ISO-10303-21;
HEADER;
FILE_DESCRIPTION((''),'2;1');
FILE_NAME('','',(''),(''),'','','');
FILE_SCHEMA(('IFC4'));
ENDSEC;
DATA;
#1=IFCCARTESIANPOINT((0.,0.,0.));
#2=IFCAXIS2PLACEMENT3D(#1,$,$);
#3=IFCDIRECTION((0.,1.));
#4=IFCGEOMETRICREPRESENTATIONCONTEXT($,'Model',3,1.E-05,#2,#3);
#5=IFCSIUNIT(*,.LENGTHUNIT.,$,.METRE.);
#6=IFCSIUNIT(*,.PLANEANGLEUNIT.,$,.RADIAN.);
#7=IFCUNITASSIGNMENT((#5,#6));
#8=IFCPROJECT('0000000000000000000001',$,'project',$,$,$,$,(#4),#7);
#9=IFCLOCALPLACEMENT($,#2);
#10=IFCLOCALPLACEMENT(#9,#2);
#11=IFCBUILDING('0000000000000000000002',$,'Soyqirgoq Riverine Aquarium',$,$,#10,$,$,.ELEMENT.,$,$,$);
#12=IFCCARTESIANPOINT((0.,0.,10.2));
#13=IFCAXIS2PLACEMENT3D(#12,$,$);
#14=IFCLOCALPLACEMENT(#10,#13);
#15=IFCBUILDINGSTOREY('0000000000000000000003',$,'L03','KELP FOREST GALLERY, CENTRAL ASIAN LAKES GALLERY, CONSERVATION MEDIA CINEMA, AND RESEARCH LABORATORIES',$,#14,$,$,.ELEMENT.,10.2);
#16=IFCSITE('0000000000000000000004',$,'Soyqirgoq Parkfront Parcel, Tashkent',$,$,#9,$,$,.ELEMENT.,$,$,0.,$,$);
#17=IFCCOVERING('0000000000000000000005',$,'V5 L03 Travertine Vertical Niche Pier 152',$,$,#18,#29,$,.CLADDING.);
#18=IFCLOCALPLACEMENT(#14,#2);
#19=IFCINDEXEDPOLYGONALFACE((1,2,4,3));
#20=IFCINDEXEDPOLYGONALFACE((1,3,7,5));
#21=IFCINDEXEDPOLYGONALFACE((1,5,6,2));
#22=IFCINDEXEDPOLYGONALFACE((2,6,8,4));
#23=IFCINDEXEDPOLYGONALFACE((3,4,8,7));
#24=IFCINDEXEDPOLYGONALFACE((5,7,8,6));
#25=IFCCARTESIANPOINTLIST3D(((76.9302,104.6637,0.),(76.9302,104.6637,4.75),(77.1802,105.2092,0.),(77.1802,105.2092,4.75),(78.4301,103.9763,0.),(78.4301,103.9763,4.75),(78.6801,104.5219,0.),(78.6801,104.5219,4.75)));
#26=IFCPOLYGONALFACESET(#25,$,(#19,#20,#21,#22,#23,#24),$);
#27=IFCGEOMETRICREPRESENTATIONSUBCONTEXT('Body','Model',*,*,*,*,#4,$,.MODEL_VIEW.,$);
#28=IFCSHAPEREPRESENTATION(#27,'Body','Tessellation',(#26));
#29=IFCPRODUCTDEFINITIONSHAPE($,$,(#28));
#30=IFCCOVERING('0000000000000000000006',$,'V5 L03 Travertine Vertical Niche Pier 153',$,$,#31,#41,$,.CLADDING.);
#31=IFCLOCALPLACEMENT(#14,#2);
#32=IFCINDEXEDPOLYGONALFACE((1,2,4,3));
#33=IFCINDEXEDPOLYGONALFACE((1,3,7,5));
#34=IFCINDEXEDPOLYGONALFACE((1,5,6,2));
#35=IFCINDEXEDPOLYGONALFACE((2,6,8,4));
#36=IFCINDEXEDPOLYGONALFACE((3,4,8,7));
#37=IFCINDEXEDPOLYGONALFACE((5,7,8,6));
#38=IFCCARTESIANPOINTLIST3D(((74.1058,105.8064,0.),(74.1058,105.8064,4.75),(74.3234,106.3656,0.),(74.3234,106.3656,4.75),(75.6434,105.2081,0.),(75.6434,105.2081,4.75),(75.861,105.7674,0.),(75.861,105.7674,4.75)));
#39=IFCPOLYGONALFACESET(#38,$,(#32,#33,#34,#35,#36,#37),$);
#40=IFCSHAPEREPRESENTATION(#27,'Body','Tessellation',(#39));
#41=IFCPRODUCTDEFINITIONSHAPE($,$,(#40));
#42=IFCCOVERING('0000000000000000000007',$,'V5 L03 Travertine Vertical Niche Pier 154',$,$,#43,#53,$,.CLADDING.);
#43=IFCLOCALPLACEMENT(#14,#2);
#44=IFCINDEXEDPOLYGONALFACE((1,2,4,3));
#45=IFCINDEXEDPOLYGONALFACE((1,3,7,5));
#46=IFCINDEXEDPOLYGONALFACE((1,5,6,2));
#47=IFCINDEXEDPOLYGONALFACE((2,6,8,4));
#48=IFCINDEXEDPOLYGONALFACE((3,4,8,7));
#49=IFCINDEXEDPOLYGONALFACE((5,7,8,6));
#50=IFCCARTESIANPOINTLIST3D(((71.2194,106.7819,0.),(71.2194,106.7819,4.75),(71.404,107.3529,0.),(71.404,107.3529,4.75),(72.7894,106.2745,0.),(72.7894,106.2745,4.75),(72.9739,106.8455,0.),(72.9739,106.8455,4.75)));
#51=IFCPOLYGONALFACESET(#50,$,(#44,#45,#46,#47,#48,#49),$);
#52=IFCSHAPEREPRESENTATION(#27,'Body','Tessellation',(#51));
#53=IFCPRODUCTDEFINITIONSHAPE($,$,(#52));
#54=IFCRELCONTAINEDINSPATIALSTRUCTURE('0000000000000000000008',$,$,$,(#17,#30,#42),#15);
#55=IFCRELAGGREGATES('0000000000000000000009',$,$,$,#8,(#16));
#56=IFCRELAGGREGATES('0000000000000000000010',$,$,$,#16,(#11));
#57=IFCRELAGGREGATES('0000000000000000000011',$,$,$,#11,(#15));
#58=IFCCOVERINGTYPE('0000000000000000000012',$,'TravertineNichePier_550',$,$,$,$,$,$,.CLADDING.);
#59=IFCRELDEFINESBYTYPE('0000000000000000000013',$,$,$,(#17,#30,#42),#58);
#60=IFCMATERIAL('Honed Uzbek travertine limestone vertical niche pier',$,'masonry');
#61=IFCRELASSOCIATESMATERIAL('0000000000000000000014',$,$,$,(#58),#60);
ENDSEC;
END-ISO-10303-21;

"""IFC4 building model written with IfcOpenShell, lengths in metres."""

from ifc_helpers import new_model, si_unit, direction, frame, origin, origin_2d, place, context, subcontext, project, spatial, rectangle, extrude, material, type_object, element, save


model = new_model("IFC4")

# Units and contexts
model_context = context("Model", 3, precision=1e-05, world=origin(), true_north=direction((0.0, 1.0)))
body_context = subcontext(model_context, "Body", "Model", "MODEL_VIEW")
ifc_project = project(units=[si_unit("LENGTHUNIT", "METRE"), si_unit("PLANEANGLEUNIT", "RADIAN")], contexts=[model_context])

# Site, building, storey
site_placement = place(None, origin())
site = spatial("IfcSite", under=ifc_project, at=site_placement, Name="Soyqirgoq Parkfront Parcel, Tashkent", CompositionType="ELEMENT", RefElevation=0.0)
building_placement = place(site_placement, origin())
building = spatial("IfcBuilding", under=site, at=building_placement, Name="Soyqirgoq Riverine Aquarium", CompositionType="ELEMENT")
storey_placement = place(building_placement, frame((0.0, 0.0, 10.2)))
storey = spatial("IfcBuildingStorey", under=building, at=storey_placement, Name="L03", Description="KELP FOREST GALLERY, CENTRAL ASIAN LAKES GALLERY, CONSERVATION MEDIA CINEMA, AND RESEARCH LABORATORIES", CompositionType="ELEMENT", Elevation=10.2)

# Coverings
ifc_material_1 = material(Name="Honed Uzbek travertine limestone vertical niche pier", Category="masonry")
covering_type_1 = type_object("IfcCoveringType", Name="TravertineNichePier_550", PredefinedType="CLADDING", material=ifc_material_1)
for number, where, z_axis, x_axis, name in (
    (1, (77.8052, 104.5928, 0.0), (0.0, 0.0, 1.0), (0.416598, 0.909091, 0.0), "V5 L03 Travertine Vertical Niche Pier 152"),
    (2, (74.9834, 105.7869, 0.0), (0.0, 0.0, 1.0), (0.362601, 0.931945, 0.0), "V5 L03 Travertine Vertical Niche Pier 153"),
    (3, (72.0967, 106.8137, 0.0), (0.0, 0.0, 1.0), (0.307523, 0.951541, 0.0), "V5 L03 Travertine Vertical Niche Pier 154"),
):
    element("IfcCovering", number, at=place(storey_placement, frame(where, z_axis=z_axis, x_axis=x_axis)), inside=storey, type_object=covering_type_1, Name=name, PredefinedType="CLADDING", context=body_context, shape_type="SweptSolid", body=[
        extrude(rectangle(XDim=0.6001, YDim=1.6499, at=origin_2d()), origin(), (0.0, 0.0, 1.0), 4.75),
    ])

save(model, "model.ifc")
